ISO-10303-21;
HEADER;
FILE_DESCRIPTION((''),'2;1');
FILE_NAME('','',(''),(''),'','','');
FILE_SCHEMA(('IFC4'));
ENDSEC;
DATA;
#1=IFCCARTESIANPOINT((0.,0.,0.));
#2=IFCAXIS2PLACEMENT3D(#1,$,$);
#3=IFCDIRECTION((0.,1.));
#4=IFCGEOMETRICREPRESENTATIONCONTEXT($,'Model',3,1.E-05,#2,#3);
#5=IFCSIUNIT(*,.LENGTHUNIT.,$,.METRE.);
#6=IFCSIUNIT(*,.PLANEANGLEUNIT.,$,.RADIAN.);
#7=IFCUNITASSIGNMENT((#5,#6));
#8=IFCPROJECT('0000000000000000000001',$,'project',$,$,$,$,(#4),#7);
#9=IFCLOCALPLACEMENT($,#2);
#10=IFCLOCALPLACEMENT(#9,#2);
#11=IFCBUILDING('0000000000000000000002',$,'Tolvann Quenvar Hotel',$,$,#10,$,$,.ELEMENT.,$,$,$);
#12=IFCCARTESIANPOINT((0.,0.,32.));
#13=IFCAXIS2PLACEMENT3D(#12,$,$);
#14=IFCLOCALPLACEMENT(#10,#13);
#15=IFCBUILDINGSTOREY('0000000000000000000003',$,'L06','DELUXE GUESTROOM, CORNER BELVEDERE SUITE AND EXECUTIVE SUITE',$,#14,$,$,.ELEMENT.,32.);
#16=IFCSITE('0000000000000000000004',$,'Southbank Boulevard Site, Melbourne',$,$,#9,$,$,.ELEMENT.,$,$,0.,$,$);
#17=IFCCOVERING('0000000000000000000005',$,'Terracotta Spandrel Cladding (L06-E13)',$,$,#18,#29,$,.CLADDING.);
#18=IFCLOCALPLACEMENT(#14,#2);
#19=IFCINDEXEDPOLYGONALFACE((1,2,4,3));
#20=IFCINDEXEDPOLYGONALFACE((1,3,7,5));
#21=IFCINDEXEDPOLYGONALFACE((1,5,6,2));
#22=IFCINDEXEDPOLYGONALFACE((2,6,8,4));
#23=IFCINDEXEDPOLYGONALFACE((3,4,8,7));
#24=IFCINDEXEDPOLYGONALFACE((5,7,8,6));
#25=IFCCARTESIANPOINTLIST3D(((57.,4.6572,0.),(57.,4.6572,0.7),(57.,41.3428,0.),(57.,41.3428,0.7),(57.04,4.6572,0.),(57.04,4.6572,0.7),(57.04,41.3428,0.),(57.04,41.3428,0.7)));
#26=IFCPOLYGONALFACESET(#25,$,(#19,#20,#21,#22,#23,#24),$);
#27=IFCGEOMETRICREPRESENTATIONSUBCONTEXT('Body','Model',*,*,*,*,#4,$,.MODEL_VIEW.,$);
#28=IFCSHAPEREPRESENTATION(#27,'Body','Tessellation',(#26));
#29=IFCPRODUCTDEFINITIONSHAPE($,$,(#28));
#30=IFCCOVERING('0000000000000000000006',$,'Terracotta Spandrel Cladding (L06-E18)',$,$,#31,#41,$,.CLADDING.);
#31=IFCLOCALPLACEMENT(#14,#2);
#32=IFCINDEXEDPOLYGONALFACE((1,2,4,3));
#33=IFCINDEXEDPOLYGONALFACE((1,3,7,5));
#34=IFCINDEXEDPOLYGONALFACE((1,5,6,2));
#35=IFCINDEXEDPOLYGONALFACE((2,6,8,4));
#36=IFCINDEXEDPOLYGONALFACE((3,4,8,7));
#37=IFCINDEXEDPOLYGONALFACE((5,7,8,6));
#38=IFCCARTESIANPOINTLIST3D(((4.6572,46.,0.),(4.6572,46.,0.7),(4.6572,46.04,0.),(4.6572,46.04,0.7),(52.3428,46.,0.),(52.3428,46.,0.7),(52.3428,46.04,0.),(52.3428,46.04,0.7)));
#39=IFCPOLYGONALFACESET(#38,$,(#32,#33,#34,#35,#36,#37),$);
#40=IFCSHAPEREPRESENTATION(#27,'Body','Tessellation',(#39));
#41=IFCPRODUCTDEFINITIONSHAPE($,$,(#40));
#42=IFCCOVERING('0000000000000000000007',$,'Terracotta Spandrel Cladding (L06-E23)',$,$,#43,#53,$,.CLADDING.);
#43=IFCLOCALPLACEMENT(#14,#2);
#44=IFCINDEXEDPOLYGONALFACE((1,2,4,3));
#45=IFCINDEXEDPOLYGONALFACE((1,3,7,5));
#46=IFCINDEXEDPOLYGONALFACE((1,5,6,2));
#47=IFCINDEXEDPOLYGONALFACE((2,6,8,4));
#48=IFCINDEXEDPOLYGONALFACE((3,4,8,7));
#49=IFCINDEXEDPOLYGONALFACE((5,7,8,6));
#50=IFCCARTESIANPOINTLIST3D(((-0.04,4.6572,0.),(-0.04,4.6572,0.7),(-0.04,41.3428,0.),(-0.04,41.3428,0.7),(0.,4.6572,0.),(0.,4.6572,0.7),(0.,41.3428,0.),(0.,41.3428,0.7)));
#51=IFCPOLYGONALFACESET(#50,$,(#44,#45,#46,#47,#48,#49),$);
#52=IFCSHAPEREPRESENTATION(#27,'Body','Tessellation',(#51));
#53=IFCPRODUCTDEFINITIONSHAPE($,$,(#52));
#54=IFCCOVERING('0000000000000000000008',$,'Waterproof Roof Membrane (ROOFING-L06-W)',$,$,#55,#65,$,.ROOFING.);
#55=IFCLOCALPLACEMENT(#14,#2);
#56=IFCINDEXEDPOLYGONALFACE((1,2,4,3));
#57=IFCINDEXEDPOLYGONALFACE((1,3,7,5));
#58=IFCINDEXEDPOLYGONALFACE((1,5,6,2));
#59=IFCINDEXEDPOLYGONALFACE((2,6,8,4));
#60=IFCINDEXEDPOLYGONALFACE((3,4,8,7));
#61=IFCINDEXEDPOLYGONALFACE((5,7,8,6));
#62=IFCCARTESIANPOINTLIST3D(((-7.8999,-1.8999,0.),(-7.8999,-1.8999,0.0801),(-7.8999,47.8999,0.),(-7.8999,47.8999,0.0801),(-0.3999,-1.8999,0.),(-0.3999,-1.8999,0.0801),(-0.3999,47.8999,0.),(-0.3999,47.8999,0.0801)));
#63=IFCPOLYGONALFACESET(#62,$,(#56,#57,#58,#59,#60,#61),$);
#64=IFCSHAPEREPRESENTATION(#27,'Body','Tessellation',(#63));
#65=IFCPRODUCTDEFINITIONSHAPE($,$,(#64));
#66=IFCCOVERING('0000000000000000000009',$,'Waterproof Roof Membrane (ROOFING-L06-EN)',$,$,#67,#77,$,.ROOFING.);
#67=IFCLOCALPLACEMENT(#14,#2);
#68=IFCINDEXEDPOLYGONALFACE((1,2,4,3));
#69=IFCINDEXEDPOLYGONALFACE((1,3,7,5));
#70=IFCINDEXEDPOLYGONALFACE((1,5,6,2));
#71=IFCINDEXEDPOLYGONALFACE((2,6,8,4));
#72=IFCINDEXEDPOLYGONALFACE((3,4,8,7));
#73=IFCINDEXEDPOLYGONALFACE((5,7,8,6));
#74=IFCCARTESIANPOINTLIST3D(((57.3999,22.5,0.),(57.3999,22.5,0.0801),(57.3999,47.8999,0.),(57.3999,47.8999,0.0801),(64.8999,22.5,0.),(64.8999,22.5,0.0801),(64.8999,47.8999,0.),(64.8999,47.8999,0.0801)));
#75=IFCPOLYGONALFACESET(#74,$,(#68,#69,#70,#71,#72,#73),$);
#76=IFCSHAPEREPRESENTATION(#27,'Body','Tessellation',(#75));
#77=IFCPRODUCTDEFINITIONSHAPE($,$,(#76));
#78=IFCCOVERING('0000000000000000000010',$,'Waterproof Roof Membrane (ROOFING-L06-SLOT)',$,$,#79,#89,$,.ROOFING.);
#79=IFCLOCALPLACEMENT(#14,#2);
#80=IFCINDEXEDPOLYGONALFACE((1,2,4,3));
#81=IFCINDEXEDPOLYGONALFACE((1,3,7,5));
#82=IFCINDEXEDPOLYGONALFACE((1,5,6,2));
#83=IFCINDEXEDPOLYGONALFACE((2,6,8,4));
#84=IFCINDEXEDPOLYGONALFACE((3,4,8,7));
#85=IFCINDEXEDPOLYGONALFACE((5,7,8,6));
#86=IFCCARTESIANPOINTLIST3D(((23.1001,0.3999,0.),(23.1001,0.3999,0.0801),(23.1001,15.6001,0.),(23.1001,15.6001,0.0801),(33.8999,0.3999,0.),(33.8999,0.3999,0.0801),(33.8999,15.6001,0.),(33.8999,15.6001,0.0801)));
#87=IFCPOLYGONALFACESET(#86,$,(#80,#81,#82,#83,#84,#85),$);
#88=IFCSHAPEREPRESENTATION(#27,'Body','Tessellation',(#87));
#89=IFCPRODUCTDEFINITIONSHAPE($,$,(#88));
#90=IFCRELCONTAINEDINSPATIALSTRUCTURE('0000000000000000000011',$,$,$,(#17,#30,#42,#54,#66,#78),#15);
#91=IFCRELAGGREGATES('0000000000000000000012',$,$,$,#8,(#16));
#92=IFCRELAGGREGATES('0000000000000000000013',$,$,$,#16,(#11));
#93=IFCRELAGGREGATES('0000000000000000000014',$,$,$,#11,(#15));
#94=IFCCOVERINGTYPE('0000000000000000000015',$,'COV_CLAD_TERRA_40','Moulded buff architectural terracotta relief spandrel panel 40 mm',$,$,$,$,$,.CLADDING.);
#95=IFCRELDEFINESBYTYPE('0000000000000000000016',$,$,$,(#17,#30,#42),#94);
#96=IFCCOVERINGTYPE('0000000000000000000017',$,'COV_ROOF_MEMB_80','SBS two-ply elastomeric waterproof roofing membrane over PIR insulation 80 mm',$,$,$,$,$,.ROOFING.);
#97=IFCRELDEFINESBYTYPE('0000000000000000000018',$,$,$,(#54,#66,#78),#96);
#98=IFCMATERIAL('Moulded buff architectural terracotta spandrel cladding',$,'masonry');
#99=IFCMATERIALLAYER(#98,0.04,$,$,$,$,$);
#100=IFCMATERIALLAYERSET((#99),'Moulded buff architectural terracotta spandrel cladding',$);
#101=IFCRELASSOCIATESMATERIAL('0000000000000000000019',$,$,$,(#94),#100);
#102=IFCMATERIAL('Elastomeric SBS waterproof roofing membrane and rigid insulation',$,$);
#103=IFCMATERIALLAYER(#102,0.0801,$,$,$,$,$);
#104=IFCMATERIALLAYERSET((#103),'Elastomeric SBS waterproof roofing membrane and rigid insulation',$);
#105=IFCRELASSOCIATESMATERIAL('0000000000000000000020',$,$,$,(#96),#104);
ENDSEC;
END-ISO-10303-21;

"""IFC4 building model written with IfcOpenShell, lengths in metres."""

from ifc_helpers import new_model, si_unit, direction, frame, origin, place, context, subcontext, project, spatial, polyline, outline, extrude, material, layer, layer_set, type_object, element, save


model = new_model("IFC4")

# Units and contexts
model_context = context("Model", 3, precision=1e-05, world=origin(), true_north=direction((0.0, 1.0)))
body_context = subcontext(model_context, "Body", "Model", "MODEL_VIEW")
ifc_project = project(units=[si_unit("LENGTHUNIT", "METRE"), si_unit("PLANEANGLEUNIT", "RADIAN")], contexts=[model_context])

# Site, building, storey
site_placement = place(None, origin())
site = spatial("IfcSite", under=ifc_project, at=site_placement, Name="Southbank Boulevard Site, Melbourne", CompositionType="ELEMENT", RefElevation=0.0)
building_placement = place(site_placement, origin())
building = spatial("IfcBuilding", under=site, at=building_placement, Name="Tolvann Quenvar Hotel", CompositionType="ELEMENT")
storey_placement = place(building_placement, frame((0.0, 0.0, 32.0)))
storey = spatial("IfcBuildingStorey", under=building, at=storey_placement, Name="L06", Description="DELUXE GUESTROOM, CORNER BELVEDERE SUITE AND EXECUTIVE SUITE", CompositionType="ELEMENT", Elevation=32.0)

# Coverings
ifc_material_1 = material(Name="Moulded buff architectural terracotta spandrel cladding", Category="masonry")
ifc_layer_1 = layer(ifc_material_1, 0.04)
ifc_layer_set_1 = layer_set([ifc_layer_1], Name="Moulded buff architectural terracotta spandrel cladding")
covering_type_1 = type_object("IfcCoveringType", Name="COV_CLAD_TERRA_40", Description="Moulded buff architectural terracotta relief spandrel panel 40 mm", PredefinedType="CLADDING", material=ifc_layer_set_1)
covering_1_placement = place(storey_placement, origin())
element("IfcCovering", 1, at=covering_1_placement, inside=storey, type_object=covering_type_1, Name="Terracotta Spandrel Cladding (L06-E13)", PredefinedType="CLADDING", context=body_context, shape_type="SweptSolid", body=[
    extrude(outline(polyline([(57.0, 4.6572), (57.0, 41.3428), (57.04, 41.3428), (57.04, 4.6572), (57.0, 4.6572)])), origin(), (0.0, 0.0, 1.0), 0.7),
])
covering_2_placement = place(storey_placement, origin())
element("IfcCovering", 2, at=covering_2_placement, inside=storey, type_object=covering_type_1, Name="Terracotta Spandrel Cladding (L06-E18)", PredefinedType="CLADDING", context=body_context, shape_type="SweptSolid", body=[
    extrude(outline(polyline([(52.3428, 46.0), (4.6572, 46.0), (4.6572, 46.04), (52.3428, 46.04), (52.3428, 46.0)])), origin(), (0.0, 0.0, 1.0), 0.7),
])
covering_3_placement = place(storey_placement, origin())
element("IfcCovering", 3, at=covering_3_placement, inside=storey, type_object=covering_type_1, Name="Terracotta Spandrel Cladding (L06-E23)", PredefinedType="CLADDING", context=body_context, shape_type="SweptSolid", body=[
    extrude(outline(polyline([(0.0, 41.3428), (0.0, 4.6572), (-0.04, 4.6572), (-0.04, 41.3428), (0.0, 41.3428)])), origin(), (0.0, 0.0, 1.0), 0.7),
])
ifc_material_2 = material(Name="Elastomeric SBS waterproof roofing membrane and rigid insulation")
ifc_layer_2 = layer(ifc_material_2, 0.0801)
ifc_layer_set_2 = layer_set([ifc_layer_2], Name="Elastomeric SBS waterproof roofing membrane and rigid insulation")
covering_type_2 = type_object("IfcCoveringType", Name="COV_ROOF_MEMB_80", Description="SBS two-ply elastomeric waterproof roofing membrane over PIR insulation 80 mm", PredefinedType="ROOFING", material=ifc_layer_set_2)
covering_4_placement = place(storey_placement, origin())
element("IfcCovering", 4, at=covering_4_placement, inside=storey, type_object=covering_type_2, Name="Waterproof Roof Membrane (ROOFING-L06-W)", PredefinedType="ROOFING", context=body_context, shape_type="SweptSolid", body=[
    extrude(outline(polyline([(-7.8999, -1.8999), (-0.3999, -1.8999), (-0.3999, 47.8999), (-7.8999, 47.8999), (-7.8999, -1.8999)])), origin(), (0.0, 0.0, 1.0), 0.0801),
])
covering_5_placement = place(storey_placement, origin())
element("IfcCovering", 5, at=covering_5_placement, inside=storey, type_object=covering_type_2, Name="Waterproof Roof Membrane (ROOFING-L06-EN)", PredefinedType="ROOFING", context=body_context, shape_type="SweptSolid", body=[
    extrude(outline(polyline([(57.3999, 22.5), (64.8999, 22.5), (64.8999, 47.8999), (57.3999, 47.8999), (57.3999, 22.5)])), origin(), (0.0, 0.0, 1.0), 0.0801),
])
covering_6_placement = place(storey_placement, origin())
element("IfcCovering", 6, at=covering_6_placement, inside=storey, type_object=covering_type_2, Name="Waterproof Roof Membrane (ROOFING-L06-SLOT)", PredefinedType="ROOFING", context=body_context, shape_type="SweptSolid", body=[
    extrude(outline(polyline([(23.1001, 0.3999), (33.8999, 0.3999), (33.8999, 15.6001), (23.1001, 15.6001), (23.1001, 0.3999)])), origin(), (0.0, 0.0, 1.0), 0.0801),
])

save(model, "model.ifc")
